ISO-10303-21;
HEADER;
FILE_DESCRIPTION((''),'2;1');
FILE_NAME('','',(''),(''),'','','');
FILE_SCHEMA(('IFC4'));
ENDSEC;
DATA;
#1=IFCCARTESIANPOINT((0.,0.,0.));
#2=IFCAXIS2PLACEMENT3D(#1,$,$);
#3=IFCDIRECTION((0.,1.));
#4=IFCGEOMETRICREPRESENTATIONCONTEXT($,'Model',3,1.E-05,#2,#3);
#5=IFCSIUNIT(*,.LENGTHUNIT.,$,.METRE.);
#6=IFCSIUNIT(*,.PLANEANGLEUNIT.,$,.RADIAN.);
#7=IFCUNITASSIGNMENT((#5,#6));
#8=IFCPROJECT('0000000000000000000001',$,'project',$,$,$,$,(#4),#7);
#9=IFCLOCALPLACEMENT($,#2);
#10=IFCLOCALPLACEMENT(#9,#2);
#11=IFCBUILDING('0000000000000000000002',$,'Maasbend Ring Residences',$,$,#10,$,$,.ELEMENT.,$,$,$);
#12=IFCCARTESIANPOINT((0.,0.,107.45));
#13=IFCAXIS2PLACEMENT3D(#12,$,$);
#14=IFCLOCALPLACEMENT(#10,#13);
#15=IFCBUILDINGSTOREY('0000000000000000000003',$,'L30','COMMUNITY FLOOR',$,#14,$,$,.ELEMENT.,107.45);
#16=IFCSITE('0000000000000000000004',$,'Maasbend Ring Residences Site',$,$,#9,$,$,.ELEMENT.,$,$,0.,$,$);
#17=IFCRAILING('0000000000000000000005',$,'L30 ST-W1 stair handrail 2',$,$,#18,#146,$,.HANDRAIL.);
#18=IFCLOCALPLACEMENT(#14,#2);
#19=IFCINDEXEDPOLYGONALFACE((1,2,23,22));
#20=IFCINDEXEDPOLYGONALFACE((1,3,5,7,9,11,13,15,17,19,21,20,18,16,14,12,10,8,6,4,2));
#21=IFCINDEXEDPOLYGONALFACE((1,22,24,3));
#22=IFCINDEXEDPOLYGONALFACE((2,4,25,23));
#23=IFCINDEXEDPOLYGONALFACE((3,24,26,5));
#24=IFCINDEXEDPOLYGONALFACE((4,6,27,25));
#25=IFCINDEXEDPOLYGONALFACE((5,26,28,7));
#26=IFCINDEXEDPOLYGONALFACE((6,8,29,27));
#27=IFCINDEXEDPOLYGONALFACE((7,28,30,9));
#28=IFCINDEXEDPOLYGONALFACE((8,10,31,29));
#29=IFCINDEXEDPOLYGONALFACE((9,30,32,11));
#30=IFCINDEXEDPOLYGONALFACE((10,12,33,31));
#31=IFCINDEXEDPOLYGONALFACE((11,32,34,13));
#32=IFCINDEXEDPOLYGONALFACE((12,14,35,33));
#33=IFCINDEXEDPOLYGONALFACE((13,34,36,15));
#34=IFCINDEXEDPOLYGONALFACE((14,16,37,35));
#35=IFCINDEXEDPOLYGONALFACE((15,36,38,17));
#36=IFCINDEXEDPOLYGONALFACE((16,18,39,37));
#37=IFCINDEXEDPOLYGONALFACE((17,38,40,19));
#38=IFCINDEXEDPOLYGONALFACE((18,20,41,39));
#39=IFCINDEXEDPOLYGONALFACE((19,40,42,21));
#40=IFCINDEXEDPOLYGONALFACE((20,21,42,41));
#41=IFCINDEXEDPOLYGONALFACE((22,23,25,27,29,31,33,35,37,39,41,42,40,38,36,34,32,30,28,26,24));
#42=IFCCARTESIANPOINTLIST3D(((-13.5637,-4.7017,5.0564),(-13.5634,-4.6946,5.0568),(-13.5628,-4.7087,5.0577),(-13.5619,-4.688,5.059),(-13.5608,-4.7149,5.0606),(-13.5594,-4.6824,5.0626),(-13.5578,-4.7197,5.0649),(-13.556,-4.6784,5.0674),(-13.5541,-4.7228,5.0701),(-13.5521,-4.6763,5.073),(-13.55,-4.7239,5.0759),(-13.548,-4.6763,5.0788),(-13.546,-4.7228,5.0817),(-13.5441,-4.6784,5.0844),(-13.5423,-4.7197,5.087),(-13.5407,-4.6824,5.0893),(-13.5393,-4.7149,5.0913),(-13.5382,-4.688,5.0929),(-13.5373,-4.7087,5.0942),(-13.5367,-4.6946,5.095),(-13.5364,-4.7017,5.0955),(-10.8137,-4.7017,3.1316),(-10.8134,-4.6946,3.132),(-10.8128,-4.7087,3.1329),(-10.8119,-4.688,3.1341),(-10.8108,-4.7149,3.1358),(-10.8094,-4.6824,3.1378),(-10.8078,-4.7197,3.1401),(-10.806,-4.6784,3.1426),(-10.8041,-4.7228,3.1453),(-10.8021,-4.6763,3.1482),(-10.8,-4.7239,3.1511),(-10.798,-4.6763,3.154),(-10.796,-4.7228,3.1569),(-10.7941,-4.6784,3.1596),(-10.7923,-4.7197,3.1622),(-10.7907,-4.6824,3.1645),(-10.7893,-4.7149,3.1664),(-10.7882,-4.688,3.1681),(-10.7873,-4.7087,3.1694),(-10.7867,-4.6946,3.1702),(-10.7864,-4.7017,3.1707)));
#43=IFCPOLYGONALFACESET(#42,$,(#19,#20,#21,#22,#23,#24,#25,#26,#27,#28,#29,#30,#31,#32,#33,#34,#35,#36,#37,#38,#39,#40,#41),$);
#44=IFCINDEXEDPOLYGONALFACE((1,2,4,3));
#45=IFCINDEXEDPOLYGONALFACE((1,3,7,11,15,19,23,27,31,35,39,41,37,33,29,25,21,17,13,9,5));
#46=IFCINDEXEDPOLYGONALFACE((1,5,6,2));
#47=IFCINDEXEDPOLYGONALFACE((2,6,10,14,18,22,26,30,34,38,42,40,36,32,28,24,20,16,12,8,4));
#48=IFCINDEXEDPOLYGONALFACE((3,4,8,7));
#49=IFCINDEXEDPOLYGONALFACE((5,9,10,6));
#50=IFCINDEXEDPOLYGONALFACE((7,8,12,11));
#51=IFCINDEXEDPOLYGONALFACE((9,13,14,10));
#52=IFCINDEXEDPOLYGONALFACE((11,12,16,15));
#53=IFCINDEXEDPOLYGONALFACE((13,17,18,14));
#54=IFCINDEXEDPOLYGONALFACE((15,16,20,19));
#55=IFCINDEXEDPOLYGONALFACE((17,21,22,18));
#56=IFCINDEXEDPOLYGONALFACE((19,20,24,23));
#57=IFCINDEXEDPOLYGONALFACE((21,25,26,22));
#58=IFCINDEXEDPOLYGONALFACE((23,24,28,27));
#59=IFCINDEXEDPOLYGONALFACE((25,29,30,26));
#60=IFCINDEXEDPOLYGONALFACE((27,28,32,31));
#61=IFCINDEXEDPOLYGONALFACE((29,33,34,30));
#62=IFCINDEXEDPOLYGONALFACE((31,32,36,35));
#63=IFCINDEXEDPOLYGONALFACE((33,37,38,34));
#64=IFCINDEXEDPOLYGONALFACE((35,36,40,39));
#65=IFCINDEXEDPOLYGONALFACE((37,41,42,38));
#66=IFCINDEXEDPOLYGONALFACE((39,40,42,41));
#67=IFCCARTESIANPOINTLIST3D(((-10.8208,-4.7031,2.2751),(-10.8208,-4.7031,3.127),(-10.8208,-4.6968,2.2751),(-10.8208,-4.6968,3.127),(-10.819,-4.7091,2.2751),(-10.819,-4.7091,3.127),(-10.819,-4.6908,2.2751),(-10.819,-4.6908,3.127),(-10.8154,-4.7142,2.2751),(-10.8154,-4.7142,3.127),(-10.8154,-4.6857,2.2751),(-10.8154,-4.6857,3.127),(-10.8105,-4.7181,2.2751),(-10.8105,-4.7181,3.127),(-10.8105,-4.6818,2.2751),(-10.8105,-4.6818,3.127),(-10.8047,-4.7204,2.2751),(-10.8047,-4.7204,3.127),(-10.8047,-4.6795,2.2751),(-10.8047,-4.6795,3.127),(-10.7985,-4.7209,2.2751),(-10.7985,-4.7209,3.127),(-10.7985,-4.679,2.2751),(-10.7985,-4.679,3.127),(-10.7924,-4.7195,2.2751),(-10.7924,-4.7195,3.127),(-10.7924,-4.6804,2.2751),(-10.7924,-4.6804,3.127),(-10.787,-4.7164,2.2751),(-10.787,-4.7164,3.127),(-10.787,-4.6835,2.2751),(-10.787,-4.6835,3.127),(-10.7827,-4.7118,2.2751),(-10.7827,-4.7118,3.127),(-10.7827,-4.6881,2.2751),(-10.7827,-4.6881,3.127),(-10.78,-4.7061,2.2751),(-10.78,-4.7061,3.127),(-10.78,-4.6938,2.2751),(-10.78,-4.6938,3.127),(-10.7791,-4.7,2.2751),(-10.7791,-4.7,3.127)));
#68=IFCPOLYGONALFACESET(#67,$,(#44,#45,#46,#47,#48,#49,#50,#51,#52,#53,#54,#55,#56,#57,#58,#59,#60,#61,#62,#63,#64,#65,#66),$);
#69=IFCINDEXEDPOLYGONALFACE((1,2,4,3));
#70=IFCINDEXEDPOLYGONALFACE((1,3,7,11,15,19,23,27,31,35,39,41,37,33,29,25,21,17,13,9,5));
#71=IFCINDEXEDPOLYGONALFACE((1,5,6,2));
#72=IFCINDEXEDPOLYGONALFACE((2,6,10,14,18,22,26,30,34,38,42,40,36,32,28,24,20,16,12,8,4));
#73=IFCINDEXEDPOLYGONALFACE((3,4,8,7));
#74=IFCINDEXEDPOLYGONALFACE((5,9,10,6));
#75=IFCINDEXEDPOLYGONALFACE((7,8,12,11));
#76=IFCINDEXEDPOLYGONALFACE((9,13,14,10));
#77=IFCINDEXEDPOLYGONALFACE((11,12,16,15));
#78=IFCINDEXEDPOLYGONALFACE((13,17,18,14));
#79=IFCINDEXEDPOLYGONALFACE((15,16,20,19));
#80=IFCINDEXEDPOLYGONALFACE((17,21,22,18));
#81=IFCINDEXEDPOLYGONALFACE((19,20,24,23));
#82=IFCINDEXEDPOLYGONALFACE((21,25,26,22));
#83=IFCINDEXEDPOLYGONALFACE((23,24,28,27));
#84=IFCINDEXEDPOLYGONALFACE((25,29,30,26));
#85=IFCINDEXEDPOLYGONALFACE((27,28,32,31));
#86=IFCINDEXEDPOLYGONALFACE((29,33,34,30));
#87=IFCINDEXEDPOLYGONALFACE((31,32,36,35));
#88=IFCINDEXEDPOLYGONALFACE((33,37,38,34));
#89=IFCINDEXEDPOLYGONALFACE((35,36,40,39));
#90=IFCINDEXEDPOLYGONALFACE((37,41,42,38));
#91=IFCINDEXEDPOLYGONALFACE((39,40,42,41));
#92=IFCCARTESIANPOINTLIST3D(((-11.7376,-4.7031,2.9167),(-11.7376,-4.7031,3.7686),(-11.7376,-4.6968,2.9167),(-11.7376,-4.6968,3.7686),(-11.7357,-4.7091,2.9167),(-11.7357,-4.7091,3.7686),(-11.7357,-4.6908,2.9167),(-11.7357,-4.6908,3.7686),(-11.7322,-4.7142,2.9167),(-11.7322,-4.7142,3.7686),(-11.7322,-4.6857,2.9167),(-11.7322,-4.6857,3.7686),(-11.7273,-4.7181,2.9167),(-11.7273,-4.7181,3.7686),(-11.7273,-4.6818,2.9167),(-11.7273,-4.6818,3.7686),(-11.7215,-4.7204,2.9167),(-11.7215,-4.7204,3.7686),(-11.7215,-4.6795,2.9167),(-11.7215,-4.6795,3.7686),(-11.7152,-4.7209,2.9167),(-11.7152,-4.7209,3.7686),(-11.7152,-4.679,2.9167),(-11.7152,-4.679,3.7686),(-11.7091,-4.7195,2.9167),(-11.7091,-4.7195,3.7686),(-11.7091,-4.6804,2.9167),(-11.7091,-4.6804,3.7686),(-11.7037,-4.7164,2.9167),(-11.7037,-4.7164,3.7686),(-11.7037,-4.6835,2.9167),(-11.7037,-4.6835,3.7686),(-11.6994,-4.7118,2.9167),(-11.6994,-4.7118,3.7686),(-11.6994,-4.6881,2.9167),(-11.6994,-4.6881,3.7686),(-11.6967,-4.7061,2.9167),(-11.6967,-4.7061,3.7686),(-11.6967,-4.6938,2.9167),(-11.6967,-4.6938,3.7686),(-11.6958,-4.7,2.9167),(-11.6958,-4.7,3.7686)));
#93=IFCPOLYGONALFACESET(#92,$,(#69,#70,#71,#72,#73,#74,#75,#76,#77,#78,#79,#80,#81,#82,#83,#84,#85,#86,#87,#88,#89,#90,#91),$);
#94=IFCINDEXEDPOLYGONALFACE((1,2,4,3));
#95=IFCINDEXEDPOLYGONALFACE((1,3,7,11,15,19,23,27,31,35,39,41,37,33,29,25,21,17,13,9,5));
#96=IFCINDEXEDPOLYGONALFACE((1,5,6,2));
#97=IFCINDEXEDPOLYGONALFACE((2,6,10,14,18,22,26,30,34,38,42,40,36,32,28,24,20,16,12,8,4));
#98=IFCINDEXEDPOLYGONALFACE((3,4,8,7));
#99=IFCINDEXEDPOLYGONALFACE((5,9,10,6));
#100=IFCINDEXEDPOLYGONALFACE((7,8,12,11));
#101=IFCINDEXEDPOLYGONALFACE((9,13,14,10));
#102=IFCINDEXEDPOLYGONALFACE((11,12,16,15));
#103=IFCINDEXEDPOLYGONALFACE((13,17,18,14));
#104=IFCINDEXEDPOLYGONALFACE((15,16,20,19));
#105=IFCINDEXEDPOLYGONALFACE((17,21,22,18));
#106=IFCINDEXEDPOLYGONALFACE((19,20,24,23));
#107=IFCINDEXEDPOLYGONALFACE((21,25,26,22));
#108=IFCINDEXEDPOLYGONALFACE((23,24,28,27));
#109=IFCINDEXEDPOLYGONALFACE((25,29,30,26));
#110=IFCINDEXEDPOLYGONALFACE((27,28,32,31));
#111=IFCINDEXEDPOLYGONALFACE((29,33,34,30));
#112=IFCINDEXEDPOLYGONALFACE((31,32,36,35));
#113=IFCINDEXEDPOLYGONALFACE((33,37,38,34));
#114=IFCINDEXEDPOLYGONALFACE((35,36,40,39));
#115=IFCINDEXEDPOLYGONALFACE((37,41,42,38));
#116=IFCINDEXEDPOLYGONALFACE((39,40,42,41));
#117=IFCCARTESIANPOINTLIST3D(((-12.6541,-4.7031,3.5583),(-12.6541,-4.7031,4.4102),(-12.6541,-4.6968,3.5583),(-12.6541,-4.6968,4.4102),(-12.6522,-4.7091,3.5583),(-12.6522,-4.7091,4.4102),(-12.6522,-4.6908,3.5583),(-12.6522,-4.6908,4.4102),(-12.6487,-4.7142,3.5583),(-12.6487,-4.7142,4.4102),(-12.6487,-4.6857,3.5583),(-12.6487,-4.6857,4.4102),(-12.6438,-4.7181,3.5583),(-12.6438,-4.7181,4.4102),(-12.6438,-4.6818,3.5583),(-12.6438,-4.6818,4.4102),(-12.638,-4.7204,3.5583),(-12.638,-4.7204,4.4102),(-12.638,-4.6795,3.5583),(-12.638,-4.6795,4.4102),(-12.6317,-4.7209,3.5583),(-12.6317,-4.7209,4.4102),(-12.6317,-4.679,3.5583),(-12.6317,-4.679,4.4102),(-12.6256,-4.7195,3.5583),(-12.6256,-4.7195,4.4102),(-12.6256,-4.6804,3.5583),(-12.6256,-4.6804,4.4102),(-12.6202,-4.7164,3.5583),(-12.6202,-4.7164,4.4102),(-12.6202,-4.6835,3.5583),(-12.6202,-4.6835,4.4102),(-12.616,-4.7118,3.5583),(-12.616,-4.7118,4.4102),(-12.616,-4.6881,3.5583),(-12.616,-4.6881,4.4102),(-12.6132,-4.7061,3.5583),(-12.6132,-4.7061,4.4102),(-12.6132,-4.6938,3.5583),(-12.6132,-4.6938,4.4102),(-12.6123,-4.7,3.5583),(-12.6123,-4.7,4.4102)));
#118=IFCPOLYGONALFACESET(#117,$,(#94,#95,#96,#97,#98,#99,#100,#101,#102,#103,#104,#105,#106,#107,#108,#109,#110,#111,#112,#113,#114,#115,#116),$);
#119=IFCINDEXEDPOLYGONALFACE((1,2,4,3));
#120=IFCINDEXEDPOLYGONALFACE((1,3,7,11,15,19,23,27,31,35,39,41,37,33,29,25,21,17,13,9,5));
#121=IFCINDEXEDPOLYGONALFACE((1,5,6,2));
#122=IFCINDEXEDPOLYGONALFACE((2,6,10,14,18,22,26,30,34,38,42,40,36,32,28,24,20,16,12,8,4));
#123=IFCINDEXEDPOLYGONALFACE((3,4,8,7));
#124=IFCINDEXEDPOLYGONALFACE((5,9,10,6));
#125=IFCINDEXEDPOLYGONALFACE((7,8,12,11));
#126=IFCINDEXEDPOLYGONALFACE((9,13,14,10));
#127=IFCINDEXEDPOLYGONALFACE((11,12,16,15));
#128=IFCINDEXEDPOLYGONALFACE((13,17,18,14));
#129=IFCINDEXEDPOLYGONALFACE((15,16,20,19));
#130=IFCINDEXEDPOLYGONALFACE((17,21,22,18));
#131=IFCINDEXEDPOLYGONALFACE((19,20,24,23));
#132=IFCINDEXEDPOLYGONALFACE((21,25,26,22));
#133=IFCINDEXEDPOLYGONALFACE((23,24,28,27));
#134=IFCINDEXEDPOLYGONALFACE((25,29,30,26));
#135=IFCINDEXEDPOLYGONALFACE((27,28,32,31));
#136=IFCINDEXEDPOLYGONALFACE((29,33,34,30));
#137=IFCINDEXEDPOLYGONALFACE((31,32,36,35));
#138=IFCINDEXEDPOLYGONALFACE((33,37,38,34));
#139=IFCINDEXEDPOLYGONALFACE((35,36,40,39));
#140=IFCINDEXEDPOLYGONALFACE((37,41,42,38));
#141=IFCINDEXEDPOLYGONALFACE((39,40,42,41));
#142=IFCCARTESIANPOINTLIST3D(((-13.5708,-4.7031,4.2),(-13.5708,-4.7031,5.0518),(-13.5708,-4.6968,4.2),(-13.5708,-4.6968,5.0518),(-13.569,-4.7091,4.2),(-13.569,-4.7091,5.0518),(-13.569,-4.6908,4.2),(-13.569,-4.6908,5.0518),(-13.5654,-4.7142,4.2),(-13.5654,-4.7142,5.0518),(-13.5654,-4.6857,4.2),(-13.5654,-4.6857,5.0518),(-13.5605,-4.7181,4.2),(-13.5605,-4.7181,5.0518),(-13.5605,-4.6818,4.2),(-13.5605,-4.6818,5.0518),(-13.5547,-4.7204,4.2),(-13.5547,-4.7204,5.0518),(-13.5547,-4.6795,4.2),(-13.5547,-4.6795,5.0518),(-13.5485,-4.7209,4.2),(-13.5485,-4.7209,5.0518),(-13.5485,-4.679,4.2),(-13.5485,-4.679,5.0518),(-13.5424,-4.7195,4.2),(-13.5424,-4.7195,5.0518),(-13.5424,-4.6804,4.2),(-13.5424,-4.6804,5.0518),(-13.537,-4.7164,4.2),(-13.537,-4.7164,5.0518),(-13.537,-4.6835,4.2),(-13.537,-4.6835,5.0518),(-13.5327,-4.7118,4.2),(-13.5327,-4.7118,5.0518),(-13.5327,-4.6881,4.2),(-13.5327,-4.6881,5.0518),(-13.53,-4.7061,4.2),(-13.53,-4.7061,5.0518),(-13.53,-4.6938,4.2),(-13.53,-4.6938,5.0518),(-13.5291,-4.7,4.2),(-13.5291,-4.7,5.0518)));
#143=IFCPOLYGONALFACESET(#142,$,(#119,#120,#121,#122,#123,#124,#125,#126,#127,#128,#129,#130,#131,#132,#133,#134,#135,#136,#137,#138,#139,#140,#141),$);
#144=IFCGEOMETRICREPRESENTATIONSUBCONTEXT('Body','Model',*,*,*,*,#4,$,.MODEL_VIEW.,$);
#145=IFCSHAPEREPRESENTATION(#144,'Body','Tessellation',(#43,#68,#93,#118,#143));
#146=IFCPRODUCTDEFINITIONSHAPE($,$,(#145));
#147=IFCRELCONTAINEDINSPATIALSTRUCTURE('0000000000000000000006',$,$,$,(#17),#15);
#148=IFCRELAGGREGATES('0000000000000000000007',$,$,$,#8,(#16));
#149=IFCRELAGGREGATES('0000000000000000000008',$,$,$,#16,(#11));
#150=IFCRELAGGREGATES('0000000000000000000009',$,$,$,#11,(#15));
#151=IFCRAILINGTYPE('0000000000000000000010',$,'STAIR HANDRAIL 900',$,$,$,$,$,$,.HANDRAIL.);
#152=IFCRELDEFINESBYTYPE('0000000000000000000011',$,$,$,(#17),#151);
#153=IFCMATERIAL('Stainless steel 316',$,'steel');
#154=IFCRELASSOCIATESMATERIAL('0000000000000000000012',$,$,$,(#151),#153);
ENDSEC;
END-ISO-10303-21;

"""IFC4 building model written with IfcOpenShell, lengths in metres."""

from ifc_helpers import new_model, si_unit, direction, frame, origin, origin_2d, place, context, subcontext, project, spatial, circle, extrude, material, type_object, element, save


model = new_model("IFC4")

# Units and contexts
model_context = context("Model", 3, precision=1e-05, world=origin(), true_north=direction((0.0, 1.0)))
body_context = subcontext(model_context, "Body", "Model", "MODEL_VIEW")
ifc_project = project(units=[si_unit("LENGTHUNIT", "METRE"), si_unit("PLANEANGLEUNIT", "RADIAN")], contexts=[model_context])

# Site, building, storey
site_placement = place(None, origin())
site = spatial("IfcSite", under=ifc_project, at=site_placement, Name="Maasbend Ring Residences Site", CompositionType="ELEMENT", RefElevation=0.0)
building_placement = place(site_placement, origin())
building = spatial("IfcBuilding", under=site, at=building_placement, Name="Maasbend Ring Residences", CompositionType="ELEMENT")
storey_placement = place(building_placement, frame((0.0, 0.0, 107.45)))
storey = spatial("IfcBuildingStorey", under=building, at=storey_placement, Name="L30", Description="COMMUNITY FLOOR", CompositionType="ELEMENT", Elevation=107.45)

# Railing
ifc_material_1 = material(Name="Stainless steel 316", Category="steel")
railing_type_1 = type_object("IfcRailingType", Name="STAIR HANDRAIL 900", PredefinedType="HANDRAIL", material=ifc_material_1)
railing_1_placement = place(storey_placement, frame((-10.8, -4.7, 2.2751)))
element("IfcRailing", 1, at=railing_1_placement, inside=storey, type_object=railing_type_1, Name="L30 ST-W1 stair handrail 2", PredefinedType="HANDRAIL", context=body_context, shape_type="SweptSolid", body=[
    extrude(circle(Radius=0.0239, at=origin_2d()), frame((0.0, 0.0, 0.876), z_axis=(-0.819259, 0.0, 0.573423), x_axis=(0.0, -1.0, 0.0)), (0.0, 0.0, 1.0), 3.3567),
    extrude(circle(Radius=0.021, at=origin_2d()), origin(), (0.0, 0.0, 1.0), 0.8518),
    extrude(circle(Radius=0.021, at=origin_2d()), frame((-0.9167, 0.0, 0.6416)), (0.0, 0.0, 1.0), 0.8518),
    extrude(circle(Radius=0.021, at=origin_2d()), frame((-1.8333, 0.0, 1.2832)), (0.0, 0.0, 1.0), 0.8518),
    extrude(circle(Radius=0.021, at=origin_2d()), frame((-2.75, 0.0, 1.9248)), (0.0, 0.0, 1.0), 0.8518),
])

save(model, "model.ifc")
